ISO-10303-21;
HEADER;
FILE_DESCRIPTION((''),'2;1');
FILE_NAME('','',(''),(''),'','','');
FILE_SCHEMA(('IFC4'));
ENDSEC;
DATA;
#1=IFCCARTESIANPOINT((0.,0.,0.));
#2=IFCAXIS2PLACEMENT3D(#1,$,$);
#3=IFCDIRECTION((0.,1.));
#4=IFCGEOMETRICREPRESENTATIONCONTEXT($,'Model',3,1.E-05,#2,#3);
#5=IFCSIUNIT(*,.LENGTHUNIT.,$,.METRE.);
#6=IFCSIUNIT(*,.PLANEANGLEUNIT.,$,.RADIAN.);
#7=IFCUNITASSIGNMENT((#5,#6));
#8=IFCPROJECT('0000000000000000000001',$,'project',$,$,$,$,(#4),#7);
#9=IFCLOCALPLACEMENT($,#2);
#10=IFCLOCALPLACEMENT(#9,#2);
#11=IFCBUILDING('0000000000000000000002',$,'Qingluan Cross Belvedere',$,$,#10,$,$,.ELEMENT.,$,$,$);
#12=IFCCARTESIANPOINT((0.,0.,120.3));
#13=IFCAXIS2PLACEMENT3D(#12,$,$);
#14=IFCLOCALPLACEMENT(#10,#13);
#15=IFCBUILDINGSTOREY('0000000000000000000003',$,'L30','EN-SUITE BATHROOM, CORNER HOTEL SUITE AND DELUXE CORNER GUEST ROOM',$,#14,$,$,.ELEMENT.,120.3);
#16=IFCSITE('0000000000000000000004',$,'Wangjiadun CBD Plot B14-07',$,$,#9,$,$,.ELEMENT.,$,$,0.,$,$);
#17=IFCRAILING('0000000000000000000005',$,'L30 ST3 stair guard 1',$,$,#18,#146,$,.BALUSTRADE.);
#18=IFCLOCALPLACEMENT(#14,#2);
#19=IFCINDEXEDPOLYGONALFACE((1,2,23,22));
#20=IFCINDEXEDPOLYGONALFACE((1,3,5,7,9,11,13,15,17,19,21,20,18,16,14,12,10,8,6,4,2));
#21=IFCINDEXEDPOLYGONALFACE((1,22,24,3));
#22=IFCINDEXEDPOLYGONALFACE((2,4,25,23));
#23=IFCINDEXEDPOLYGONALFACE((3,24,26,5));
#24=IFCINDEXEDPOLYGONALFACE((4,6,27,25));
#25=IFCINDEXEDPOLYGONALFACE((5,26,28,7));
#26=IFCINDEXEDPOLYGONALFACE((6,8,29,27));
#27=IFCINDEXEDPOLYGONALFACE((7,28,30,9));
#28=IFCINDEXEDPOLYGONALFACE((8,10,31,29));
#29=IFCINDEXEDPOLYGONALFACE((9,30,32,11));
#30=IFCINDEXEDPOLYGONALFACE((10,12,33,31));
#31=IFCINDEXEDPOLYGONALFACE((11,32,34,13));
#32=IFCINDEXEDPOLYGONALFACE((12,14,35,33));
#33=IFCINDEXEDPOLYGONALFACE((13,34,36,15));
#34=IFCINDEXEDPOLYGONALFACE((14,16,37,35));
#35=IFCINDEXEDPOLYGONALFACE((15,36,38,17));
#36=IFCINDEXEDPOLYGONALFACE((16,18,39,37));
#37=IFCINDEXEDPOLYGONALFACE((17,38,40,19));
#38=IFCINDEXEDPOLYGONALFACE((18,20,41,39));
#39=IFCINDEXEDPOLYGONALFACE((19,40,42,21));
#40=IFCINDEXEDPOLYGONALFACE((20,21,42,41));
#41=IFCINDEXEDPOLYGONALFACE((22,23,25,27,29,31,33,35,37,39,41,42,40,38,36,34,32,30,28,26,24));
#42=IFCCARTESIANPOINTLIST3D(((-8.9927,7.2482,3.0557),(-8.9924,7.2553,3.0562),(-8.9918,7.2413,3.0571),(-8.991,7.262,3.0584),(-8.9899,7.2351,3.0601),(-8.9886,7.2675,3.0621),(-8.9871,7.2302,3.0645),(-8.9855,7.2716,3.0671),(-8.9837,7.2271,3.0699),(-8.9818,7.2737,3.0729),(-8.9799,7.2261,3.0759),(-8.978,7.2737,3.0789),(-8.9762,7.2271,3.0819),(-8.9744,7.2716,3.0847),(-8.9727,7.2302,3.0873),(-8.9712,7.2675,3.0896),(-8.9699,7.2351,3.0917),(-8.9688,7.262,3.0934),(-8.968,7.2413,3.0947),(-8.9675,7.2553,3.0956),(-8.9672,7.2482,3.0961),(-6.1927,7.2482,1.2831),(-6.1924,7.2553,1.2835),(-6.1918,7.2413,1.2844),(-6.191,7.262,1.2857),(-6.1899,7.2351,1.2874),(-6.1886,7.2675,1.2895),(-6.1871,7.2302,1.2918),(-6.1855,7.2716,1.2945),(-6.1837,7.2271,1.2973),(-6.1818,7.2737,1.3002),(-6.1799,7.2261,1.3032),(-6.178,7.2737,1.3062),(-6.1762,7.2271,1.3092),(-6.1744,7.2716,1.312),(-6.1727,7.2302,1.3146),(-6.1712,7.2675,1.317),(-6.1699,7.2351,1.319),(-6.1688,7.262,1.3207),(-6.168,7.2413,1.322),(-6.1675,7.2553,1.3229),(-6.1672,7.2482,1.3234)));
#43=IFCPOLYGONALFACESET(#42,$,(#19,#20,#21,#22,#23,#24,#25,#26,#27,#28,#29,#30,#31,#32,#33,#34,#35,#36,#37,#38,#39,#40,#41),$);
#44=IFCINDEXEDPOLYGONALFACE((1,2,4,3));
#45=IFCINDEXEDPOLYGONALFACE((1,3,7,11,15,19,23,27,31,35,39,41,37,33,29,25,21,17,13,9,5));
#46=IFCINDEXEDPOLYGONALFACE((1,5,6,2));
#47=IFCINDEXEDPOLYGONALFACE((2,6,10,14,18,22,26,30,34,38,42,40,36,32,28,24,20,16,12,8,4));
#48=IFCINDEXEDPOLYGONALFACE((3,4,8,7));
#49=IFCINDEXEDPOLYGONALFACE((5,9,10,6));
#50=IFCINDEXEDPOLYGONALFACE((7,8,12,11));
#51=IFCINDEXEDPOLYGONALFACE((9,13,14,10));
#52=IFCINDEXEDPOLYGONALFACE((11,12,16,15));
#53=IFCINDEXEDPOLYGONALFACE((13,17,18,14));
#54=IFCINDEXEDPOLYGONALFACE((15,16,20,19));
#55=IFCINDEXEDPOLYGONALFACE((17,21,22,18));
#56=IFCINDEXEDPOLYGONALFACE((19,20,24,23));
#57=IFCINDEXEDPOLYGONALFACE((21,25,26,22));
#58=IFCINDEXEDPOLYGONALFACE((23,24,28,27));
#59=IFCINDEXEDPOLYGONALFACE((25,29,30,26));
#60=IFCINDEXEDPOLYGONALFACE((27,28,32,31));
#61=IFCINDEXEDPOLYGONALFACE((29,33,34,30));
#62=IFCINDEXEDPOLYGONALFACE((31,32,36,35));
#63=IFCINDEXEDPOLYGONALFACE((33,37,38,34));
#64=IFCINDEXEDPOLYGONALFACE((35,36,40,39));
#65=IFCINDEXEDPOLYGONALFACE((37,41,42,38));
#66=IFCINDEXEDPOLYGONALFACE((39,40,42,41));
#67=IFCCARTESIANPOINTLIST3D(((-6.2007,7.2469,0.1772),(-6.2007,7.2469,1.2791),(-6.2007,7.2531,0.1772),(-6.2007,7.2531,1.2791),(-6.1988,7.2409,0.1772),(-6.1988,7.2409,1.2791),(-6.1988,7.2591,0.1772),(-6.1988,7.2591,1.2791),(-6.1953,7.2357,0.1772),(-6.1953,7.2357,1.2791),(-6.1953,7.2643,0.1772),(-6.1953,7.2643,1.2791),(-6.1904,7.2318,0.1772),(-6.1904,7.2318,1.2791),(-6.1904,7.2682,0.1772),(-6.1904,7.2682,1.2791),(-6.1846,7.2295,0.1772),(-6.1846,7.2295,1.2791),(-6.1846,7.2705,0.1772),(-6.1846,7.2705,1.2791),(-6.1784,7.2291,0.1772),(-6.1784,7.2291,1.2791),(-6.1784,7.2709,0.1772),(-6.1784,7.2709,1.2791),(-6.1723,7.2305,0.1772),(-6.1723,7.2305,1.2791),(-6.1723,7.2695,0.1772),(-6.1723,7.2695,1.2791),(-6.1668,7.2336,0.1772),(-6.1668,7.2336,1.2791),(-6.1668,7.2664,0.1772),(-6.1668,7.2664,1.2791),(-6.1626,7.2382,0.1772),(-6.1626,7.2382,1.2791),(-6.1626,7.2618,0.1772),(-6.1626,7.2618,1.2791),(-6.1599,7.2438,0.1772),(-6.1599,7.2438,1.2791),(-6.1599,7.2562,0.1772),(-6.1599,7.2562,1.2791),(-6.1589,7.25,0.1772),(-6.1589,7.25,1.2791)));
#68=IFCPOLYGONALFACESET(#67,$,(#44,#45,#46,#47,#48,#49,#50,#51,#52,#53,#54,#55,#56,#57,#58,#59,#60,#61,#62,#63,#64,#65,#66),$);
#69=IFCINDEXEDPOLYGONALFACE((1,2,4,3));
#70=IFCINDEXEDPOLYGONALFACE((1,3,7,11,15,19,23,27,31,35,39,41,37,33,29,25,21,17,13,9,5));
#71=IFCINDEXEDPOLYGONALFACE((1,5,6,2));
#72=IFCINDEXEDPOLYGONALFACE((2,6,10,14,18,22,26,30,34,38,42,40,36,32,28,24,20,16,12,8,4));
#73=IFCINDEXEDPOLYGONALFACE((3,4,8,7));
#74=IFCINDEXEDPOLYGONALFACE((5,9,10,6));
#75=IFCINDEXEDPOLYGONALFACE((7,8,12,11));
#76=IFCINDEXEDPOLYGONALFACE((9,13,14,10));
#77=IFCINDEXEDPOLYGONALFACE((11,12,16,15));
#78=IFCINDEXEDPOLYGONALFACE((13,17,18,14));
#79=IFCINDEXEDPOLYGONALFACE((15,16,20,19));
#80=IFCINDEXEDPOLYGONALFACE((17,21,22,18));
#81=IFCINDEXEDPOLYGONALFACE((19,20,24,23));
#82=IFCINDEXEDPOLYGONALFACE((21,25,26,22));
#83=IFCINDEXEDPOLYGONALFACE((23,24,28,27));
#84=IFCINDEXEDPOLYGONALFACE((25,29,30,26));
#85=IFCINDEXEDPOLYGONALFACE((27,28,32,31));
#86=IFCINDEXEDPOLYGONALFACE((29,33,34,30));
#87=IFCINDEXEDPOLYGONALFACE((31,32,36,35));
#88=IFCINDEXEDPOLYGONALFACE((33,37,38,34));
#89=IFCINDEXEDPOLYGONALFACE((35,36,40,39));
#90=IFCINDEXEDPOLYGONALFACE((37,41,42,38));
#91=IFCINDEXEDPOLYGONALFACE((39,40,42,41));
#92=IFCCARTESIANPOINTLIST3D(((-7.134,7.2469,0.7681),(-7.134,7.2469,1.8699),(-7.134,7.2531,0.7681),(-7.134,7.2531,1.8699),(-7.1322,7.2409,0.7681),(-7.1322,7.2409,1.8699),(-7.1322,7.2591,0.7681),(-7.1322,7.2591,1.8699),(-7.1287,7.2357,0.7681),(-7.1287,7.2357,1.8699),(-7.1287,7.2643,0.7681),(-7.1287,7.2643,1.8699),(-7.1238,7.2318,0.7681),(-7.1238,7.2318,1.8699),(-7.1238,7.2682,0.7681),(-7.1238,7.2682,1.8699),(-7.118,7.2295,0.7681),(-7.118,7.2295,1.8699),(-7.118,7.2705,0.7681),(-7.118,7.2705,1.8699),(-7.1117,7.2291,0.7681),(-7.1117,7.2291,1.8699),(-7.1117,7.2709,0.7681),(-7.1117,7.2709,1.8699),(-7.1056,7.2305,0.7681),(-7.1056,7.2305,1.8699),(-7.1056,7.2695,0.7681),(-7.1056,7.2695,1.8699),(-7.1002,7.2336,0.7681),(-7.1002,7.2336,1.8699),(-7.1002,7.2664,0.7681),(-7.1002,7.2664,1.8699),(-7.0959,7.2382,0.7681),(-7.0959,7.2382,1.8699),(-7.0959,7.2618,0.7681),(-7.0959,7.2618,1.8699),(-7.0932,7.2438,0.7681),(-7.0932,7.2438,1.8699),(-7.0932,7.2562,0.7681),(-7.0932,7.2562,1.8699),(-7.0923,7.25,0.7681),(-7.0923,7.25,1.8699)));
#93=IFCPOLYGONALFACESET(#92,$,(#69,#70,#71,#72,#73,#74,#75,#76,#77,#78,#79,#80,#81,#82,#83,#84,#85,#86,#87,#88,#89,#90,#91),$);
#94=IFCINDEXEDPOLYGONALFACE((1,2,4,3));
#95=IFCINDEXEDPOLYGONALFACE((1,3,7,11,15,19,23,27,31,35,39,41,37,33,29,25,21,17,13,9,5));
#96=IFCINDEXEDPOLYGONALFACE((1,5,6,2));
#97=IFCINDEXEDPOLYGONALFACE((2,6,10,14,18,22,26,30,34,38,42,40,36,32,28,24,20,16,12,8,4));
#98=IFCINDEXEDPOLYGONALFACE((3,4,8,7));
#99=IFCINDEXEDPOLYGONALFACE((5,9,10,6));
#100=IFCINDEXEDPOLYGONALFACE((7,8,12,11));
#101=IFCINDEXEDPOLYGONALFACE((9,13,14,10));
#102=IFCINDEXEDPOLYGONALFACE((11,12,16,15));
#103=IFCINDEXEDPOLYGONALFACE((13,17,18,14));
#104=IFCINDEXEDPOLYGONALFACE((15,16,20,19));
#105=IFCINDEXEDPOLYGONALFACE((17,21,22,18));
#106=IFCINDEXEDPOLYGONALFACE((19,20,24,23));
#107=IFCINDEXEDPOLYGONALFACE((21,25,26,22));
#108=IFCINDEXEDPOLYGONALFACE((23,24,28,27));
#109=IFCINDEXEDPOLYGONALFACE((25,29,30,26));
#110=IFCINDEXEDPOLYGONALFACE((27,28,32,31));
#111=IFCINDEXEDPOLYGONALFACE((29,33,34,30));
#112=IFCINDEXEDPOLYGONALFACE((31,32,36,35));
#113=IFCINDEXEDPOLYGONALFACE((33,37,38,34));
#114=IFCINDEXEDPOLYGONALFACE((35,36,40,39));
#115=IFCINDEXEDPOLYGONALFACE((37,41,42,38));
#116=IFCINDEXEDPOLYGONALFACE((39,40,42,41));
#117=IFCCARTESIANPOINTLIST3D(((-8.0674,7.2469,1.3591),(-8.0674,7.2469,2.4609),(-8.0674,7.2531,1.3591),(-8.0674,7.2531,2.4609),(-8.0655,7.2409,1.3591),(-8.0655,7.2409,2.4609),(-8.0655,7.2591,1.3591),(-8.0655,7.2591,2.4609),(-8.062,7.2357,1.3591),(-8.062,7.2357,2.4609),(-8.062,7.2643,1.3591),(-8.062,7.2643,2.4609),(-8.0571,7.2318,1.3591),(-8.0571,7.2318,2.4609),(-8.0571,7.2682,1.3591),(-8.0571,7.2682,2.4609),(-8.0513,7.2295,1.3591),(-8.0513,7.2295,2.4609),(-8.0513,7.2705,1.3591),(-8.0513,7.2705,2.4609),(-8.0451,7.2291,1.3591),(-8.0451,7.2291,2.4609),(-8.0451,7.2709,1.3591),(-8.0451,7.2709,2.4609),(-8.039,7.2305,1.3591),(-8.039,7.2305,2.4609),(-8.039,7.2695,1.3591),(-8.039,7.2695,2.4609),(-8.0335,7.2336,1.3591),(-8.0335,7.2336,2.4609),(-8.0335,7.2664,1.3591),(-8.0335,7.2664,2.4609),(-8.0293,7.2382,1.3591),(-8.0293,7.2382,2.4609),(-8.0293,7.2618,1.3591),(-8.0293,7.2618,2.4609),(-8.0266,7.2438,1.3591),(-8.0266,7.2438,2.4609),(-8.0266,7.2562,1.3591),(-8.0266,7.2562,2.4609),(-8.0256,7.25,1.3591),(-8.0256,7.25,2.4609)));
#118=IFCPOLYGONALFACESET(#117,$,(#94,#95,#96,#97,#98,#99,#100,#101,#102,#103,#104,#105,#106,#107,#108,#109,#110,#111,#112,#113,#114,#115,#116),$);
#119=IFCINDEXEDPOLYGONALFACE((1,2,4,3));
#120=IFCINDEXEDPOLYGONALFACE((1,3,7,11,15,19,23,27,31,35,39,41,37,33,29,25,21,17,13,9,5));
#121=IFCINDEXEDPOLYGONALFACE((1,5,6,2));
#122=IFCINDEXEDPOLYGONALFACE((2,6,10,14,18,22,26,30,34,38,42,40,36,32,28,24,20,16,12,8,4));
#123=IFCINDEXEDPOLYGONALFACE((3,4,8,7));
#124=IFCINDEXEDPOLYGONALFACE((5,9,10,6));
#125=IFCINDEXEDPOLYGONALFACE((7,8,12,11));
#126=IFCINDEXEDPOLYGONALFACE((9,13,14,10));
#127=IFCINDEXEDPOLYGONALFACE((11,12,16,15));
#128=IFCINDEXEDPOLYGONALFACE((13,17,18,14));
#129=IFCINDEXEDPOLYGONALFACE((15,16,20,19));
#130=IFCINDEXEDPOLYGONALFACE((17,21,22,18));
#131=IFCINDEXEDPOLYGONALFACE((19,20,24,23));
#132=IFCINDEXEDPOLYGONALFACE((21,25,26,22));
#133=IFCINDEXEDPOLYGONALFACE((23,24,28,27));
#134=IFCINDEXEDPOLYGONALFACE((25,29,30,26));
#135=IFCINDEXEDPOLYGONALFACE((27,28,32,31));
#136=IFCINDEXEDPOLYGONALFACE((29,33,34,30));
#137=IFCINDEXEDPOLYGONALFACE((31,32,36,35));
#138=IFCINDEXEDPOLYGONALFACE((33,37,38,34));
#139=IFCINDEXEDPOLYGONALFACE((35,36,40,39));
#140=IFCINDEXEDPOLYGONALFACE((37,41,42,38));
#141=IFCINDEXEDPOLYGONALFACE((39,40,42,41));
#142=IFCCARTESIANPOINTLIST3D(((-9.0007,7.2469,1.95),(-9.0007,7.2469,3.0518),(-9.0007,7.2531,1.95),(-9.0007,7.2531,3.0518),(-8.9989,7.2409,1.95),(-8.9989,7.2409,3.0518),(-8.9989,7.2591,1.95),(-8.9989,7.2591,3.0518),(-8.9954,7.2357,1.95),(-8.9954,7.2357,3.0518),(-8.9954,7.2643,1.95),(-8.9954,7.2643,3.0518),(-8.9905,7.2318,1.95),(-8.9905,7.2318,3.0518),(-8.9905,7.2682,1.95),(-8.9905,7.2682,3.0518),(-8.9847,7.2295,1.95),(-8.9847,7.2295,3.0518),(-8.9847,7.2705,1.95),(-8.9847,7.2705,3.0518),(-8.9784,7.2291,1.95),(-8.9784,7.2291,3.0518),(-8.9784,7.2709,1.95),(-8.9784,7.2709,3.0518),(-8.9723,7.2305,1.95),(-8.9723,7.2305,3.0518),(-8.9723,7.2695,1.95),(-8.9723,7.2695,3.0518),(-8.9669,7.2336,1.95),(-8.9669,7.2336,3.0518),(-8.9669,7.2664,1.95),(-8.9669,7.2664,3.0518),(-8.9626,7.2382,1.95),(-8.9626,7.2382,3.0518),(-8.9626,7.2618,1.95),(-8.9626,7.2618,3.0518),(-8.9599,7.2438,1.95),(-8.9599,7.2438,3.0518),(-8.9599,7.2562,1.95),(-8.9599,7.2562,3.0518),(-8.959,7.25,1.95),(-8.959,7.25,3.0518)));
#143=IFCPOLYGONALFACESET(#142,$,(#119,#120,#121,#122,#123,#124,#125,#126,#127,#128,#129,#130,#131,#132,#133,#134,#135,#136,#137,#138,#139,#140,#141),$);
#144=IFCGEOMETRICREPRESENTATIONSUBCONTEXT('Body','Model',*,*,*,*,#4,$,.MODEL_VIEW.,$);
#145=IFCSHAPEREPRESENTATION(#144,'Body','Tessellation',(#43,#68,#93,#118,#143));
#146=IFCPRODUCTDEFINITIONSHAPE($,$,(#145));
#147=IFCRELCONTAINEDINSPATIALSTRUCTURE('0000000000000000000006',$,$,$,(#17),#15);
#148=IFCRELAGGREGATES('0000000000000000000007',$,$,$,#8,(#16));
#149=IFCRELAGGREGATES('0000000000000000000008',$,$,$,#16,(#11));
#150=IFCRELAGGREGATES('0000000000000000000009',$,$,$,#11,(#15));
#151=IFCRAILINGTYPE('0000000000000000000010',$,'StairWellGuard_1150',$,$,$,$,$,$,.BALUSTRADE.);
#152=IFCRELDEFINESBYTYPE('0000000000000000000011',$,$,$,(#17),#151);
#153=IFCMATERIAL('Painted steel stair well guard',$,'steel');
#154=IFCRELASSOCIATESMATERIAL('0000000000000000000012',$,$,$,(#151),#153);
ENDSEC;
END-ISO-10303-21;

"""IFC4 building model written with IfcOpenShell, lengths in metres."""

from ifc_helpers import new_model, si_unit, direction, frame, origin, origin_2d, place, context, subcontext, project, spatial, circle, extrude, material, type_object, element, save


model = new_model("IFC4")

# Units and contexts
model_context = context("Model", 3, precision=1e-05, world=origin(), true_north=direction((0.0, 1.0)))
body_context = subcontext(model_context, "Body", "Model", "MODEL_VIEW")
ifc_project = project(units=[si_unit("LENGTHUNIT", "METRE"), si_unit("PLANEANGLEUNIT", "RADIAN")], contexts=[model_context])

# Site, building, storey
site_placement = place(None, origin())
site = spatial("IfcSite", under=ifc_project, at=site_placement, Name="Wangjiadun CBD Plot B14-07", CompositionType="ELEMENT", RefElevation=0.0)
building_placement = place(site_placement, origin())
building = spatial("IfcBuilding", under=site, at=building_placement, Name="Qingluan Cross Belvedere", CompositionType="ELEMENT")
storey_placement = place(building_placement, frame((0.0, 0.0, 120.3)))
storey = spatial("IfcBuildingStorey", under=building, at=storey_placement, Name="L30", Description="EN-SUITE BATHROOM, CORNER HOTEL SUITE AND DELUXE CORNER GUEST ROOM", CompositionType="ELEMENT", Elevation=120.3)

# Railing
ifc_material_1 = material(Name="Painted steel stair well guard", Category="steel")
railing_type_1 = type_object("IfcRailingType", Name="StairWellGuard_1150", PredefinedType="BALUSTRADE", material=ifc_material_1)
railing_1_placement = place(storey_placement, frame((-6.1799, 7.25, 0.1772)))
element("IfcRailing", 1, at=railing_1_placement, inside=storey, type_object=railing_type_1, Name="L30 ST3 stair guard 1", PredefinedType="BALUSTRADE", context=body_context, shape_type="SweptSolid", body=[
    extrude(circle(Radius=0.0239, at=origin_2d()), frame((0.0, 0.0, 1.126), z_axis=(-0.844909, 0.0, 0.53491), x_axis=(0.0, -1.0, 0.0)), (0.0, 0.0, 1.0), 3.314),
    extrude(circle(Radius=0.021, at=origin_2d()), origin(), (0.0, 0.0, 1.0), 1.1018),
    extrude(circle(Radius=0.021, at=origin_2d()), frame((-0.9333, 0.0, 0.5908)), (0.0, 0.0, 1.0), 1.1018),
    extrude(circle(Radius=0.021, at=origin_2d()), frame((-1.8667, 0.0, 1.1819)), (0.0, 0.0, 1.0), 1.1018),
    extrude(circle(Radius=0.021, at=origin_2d()), frame((-2.8, 0.0, 1.7727)), (0.0, 0.0, 1.0), 1.1018),
])

save(model, "model.ifc")
